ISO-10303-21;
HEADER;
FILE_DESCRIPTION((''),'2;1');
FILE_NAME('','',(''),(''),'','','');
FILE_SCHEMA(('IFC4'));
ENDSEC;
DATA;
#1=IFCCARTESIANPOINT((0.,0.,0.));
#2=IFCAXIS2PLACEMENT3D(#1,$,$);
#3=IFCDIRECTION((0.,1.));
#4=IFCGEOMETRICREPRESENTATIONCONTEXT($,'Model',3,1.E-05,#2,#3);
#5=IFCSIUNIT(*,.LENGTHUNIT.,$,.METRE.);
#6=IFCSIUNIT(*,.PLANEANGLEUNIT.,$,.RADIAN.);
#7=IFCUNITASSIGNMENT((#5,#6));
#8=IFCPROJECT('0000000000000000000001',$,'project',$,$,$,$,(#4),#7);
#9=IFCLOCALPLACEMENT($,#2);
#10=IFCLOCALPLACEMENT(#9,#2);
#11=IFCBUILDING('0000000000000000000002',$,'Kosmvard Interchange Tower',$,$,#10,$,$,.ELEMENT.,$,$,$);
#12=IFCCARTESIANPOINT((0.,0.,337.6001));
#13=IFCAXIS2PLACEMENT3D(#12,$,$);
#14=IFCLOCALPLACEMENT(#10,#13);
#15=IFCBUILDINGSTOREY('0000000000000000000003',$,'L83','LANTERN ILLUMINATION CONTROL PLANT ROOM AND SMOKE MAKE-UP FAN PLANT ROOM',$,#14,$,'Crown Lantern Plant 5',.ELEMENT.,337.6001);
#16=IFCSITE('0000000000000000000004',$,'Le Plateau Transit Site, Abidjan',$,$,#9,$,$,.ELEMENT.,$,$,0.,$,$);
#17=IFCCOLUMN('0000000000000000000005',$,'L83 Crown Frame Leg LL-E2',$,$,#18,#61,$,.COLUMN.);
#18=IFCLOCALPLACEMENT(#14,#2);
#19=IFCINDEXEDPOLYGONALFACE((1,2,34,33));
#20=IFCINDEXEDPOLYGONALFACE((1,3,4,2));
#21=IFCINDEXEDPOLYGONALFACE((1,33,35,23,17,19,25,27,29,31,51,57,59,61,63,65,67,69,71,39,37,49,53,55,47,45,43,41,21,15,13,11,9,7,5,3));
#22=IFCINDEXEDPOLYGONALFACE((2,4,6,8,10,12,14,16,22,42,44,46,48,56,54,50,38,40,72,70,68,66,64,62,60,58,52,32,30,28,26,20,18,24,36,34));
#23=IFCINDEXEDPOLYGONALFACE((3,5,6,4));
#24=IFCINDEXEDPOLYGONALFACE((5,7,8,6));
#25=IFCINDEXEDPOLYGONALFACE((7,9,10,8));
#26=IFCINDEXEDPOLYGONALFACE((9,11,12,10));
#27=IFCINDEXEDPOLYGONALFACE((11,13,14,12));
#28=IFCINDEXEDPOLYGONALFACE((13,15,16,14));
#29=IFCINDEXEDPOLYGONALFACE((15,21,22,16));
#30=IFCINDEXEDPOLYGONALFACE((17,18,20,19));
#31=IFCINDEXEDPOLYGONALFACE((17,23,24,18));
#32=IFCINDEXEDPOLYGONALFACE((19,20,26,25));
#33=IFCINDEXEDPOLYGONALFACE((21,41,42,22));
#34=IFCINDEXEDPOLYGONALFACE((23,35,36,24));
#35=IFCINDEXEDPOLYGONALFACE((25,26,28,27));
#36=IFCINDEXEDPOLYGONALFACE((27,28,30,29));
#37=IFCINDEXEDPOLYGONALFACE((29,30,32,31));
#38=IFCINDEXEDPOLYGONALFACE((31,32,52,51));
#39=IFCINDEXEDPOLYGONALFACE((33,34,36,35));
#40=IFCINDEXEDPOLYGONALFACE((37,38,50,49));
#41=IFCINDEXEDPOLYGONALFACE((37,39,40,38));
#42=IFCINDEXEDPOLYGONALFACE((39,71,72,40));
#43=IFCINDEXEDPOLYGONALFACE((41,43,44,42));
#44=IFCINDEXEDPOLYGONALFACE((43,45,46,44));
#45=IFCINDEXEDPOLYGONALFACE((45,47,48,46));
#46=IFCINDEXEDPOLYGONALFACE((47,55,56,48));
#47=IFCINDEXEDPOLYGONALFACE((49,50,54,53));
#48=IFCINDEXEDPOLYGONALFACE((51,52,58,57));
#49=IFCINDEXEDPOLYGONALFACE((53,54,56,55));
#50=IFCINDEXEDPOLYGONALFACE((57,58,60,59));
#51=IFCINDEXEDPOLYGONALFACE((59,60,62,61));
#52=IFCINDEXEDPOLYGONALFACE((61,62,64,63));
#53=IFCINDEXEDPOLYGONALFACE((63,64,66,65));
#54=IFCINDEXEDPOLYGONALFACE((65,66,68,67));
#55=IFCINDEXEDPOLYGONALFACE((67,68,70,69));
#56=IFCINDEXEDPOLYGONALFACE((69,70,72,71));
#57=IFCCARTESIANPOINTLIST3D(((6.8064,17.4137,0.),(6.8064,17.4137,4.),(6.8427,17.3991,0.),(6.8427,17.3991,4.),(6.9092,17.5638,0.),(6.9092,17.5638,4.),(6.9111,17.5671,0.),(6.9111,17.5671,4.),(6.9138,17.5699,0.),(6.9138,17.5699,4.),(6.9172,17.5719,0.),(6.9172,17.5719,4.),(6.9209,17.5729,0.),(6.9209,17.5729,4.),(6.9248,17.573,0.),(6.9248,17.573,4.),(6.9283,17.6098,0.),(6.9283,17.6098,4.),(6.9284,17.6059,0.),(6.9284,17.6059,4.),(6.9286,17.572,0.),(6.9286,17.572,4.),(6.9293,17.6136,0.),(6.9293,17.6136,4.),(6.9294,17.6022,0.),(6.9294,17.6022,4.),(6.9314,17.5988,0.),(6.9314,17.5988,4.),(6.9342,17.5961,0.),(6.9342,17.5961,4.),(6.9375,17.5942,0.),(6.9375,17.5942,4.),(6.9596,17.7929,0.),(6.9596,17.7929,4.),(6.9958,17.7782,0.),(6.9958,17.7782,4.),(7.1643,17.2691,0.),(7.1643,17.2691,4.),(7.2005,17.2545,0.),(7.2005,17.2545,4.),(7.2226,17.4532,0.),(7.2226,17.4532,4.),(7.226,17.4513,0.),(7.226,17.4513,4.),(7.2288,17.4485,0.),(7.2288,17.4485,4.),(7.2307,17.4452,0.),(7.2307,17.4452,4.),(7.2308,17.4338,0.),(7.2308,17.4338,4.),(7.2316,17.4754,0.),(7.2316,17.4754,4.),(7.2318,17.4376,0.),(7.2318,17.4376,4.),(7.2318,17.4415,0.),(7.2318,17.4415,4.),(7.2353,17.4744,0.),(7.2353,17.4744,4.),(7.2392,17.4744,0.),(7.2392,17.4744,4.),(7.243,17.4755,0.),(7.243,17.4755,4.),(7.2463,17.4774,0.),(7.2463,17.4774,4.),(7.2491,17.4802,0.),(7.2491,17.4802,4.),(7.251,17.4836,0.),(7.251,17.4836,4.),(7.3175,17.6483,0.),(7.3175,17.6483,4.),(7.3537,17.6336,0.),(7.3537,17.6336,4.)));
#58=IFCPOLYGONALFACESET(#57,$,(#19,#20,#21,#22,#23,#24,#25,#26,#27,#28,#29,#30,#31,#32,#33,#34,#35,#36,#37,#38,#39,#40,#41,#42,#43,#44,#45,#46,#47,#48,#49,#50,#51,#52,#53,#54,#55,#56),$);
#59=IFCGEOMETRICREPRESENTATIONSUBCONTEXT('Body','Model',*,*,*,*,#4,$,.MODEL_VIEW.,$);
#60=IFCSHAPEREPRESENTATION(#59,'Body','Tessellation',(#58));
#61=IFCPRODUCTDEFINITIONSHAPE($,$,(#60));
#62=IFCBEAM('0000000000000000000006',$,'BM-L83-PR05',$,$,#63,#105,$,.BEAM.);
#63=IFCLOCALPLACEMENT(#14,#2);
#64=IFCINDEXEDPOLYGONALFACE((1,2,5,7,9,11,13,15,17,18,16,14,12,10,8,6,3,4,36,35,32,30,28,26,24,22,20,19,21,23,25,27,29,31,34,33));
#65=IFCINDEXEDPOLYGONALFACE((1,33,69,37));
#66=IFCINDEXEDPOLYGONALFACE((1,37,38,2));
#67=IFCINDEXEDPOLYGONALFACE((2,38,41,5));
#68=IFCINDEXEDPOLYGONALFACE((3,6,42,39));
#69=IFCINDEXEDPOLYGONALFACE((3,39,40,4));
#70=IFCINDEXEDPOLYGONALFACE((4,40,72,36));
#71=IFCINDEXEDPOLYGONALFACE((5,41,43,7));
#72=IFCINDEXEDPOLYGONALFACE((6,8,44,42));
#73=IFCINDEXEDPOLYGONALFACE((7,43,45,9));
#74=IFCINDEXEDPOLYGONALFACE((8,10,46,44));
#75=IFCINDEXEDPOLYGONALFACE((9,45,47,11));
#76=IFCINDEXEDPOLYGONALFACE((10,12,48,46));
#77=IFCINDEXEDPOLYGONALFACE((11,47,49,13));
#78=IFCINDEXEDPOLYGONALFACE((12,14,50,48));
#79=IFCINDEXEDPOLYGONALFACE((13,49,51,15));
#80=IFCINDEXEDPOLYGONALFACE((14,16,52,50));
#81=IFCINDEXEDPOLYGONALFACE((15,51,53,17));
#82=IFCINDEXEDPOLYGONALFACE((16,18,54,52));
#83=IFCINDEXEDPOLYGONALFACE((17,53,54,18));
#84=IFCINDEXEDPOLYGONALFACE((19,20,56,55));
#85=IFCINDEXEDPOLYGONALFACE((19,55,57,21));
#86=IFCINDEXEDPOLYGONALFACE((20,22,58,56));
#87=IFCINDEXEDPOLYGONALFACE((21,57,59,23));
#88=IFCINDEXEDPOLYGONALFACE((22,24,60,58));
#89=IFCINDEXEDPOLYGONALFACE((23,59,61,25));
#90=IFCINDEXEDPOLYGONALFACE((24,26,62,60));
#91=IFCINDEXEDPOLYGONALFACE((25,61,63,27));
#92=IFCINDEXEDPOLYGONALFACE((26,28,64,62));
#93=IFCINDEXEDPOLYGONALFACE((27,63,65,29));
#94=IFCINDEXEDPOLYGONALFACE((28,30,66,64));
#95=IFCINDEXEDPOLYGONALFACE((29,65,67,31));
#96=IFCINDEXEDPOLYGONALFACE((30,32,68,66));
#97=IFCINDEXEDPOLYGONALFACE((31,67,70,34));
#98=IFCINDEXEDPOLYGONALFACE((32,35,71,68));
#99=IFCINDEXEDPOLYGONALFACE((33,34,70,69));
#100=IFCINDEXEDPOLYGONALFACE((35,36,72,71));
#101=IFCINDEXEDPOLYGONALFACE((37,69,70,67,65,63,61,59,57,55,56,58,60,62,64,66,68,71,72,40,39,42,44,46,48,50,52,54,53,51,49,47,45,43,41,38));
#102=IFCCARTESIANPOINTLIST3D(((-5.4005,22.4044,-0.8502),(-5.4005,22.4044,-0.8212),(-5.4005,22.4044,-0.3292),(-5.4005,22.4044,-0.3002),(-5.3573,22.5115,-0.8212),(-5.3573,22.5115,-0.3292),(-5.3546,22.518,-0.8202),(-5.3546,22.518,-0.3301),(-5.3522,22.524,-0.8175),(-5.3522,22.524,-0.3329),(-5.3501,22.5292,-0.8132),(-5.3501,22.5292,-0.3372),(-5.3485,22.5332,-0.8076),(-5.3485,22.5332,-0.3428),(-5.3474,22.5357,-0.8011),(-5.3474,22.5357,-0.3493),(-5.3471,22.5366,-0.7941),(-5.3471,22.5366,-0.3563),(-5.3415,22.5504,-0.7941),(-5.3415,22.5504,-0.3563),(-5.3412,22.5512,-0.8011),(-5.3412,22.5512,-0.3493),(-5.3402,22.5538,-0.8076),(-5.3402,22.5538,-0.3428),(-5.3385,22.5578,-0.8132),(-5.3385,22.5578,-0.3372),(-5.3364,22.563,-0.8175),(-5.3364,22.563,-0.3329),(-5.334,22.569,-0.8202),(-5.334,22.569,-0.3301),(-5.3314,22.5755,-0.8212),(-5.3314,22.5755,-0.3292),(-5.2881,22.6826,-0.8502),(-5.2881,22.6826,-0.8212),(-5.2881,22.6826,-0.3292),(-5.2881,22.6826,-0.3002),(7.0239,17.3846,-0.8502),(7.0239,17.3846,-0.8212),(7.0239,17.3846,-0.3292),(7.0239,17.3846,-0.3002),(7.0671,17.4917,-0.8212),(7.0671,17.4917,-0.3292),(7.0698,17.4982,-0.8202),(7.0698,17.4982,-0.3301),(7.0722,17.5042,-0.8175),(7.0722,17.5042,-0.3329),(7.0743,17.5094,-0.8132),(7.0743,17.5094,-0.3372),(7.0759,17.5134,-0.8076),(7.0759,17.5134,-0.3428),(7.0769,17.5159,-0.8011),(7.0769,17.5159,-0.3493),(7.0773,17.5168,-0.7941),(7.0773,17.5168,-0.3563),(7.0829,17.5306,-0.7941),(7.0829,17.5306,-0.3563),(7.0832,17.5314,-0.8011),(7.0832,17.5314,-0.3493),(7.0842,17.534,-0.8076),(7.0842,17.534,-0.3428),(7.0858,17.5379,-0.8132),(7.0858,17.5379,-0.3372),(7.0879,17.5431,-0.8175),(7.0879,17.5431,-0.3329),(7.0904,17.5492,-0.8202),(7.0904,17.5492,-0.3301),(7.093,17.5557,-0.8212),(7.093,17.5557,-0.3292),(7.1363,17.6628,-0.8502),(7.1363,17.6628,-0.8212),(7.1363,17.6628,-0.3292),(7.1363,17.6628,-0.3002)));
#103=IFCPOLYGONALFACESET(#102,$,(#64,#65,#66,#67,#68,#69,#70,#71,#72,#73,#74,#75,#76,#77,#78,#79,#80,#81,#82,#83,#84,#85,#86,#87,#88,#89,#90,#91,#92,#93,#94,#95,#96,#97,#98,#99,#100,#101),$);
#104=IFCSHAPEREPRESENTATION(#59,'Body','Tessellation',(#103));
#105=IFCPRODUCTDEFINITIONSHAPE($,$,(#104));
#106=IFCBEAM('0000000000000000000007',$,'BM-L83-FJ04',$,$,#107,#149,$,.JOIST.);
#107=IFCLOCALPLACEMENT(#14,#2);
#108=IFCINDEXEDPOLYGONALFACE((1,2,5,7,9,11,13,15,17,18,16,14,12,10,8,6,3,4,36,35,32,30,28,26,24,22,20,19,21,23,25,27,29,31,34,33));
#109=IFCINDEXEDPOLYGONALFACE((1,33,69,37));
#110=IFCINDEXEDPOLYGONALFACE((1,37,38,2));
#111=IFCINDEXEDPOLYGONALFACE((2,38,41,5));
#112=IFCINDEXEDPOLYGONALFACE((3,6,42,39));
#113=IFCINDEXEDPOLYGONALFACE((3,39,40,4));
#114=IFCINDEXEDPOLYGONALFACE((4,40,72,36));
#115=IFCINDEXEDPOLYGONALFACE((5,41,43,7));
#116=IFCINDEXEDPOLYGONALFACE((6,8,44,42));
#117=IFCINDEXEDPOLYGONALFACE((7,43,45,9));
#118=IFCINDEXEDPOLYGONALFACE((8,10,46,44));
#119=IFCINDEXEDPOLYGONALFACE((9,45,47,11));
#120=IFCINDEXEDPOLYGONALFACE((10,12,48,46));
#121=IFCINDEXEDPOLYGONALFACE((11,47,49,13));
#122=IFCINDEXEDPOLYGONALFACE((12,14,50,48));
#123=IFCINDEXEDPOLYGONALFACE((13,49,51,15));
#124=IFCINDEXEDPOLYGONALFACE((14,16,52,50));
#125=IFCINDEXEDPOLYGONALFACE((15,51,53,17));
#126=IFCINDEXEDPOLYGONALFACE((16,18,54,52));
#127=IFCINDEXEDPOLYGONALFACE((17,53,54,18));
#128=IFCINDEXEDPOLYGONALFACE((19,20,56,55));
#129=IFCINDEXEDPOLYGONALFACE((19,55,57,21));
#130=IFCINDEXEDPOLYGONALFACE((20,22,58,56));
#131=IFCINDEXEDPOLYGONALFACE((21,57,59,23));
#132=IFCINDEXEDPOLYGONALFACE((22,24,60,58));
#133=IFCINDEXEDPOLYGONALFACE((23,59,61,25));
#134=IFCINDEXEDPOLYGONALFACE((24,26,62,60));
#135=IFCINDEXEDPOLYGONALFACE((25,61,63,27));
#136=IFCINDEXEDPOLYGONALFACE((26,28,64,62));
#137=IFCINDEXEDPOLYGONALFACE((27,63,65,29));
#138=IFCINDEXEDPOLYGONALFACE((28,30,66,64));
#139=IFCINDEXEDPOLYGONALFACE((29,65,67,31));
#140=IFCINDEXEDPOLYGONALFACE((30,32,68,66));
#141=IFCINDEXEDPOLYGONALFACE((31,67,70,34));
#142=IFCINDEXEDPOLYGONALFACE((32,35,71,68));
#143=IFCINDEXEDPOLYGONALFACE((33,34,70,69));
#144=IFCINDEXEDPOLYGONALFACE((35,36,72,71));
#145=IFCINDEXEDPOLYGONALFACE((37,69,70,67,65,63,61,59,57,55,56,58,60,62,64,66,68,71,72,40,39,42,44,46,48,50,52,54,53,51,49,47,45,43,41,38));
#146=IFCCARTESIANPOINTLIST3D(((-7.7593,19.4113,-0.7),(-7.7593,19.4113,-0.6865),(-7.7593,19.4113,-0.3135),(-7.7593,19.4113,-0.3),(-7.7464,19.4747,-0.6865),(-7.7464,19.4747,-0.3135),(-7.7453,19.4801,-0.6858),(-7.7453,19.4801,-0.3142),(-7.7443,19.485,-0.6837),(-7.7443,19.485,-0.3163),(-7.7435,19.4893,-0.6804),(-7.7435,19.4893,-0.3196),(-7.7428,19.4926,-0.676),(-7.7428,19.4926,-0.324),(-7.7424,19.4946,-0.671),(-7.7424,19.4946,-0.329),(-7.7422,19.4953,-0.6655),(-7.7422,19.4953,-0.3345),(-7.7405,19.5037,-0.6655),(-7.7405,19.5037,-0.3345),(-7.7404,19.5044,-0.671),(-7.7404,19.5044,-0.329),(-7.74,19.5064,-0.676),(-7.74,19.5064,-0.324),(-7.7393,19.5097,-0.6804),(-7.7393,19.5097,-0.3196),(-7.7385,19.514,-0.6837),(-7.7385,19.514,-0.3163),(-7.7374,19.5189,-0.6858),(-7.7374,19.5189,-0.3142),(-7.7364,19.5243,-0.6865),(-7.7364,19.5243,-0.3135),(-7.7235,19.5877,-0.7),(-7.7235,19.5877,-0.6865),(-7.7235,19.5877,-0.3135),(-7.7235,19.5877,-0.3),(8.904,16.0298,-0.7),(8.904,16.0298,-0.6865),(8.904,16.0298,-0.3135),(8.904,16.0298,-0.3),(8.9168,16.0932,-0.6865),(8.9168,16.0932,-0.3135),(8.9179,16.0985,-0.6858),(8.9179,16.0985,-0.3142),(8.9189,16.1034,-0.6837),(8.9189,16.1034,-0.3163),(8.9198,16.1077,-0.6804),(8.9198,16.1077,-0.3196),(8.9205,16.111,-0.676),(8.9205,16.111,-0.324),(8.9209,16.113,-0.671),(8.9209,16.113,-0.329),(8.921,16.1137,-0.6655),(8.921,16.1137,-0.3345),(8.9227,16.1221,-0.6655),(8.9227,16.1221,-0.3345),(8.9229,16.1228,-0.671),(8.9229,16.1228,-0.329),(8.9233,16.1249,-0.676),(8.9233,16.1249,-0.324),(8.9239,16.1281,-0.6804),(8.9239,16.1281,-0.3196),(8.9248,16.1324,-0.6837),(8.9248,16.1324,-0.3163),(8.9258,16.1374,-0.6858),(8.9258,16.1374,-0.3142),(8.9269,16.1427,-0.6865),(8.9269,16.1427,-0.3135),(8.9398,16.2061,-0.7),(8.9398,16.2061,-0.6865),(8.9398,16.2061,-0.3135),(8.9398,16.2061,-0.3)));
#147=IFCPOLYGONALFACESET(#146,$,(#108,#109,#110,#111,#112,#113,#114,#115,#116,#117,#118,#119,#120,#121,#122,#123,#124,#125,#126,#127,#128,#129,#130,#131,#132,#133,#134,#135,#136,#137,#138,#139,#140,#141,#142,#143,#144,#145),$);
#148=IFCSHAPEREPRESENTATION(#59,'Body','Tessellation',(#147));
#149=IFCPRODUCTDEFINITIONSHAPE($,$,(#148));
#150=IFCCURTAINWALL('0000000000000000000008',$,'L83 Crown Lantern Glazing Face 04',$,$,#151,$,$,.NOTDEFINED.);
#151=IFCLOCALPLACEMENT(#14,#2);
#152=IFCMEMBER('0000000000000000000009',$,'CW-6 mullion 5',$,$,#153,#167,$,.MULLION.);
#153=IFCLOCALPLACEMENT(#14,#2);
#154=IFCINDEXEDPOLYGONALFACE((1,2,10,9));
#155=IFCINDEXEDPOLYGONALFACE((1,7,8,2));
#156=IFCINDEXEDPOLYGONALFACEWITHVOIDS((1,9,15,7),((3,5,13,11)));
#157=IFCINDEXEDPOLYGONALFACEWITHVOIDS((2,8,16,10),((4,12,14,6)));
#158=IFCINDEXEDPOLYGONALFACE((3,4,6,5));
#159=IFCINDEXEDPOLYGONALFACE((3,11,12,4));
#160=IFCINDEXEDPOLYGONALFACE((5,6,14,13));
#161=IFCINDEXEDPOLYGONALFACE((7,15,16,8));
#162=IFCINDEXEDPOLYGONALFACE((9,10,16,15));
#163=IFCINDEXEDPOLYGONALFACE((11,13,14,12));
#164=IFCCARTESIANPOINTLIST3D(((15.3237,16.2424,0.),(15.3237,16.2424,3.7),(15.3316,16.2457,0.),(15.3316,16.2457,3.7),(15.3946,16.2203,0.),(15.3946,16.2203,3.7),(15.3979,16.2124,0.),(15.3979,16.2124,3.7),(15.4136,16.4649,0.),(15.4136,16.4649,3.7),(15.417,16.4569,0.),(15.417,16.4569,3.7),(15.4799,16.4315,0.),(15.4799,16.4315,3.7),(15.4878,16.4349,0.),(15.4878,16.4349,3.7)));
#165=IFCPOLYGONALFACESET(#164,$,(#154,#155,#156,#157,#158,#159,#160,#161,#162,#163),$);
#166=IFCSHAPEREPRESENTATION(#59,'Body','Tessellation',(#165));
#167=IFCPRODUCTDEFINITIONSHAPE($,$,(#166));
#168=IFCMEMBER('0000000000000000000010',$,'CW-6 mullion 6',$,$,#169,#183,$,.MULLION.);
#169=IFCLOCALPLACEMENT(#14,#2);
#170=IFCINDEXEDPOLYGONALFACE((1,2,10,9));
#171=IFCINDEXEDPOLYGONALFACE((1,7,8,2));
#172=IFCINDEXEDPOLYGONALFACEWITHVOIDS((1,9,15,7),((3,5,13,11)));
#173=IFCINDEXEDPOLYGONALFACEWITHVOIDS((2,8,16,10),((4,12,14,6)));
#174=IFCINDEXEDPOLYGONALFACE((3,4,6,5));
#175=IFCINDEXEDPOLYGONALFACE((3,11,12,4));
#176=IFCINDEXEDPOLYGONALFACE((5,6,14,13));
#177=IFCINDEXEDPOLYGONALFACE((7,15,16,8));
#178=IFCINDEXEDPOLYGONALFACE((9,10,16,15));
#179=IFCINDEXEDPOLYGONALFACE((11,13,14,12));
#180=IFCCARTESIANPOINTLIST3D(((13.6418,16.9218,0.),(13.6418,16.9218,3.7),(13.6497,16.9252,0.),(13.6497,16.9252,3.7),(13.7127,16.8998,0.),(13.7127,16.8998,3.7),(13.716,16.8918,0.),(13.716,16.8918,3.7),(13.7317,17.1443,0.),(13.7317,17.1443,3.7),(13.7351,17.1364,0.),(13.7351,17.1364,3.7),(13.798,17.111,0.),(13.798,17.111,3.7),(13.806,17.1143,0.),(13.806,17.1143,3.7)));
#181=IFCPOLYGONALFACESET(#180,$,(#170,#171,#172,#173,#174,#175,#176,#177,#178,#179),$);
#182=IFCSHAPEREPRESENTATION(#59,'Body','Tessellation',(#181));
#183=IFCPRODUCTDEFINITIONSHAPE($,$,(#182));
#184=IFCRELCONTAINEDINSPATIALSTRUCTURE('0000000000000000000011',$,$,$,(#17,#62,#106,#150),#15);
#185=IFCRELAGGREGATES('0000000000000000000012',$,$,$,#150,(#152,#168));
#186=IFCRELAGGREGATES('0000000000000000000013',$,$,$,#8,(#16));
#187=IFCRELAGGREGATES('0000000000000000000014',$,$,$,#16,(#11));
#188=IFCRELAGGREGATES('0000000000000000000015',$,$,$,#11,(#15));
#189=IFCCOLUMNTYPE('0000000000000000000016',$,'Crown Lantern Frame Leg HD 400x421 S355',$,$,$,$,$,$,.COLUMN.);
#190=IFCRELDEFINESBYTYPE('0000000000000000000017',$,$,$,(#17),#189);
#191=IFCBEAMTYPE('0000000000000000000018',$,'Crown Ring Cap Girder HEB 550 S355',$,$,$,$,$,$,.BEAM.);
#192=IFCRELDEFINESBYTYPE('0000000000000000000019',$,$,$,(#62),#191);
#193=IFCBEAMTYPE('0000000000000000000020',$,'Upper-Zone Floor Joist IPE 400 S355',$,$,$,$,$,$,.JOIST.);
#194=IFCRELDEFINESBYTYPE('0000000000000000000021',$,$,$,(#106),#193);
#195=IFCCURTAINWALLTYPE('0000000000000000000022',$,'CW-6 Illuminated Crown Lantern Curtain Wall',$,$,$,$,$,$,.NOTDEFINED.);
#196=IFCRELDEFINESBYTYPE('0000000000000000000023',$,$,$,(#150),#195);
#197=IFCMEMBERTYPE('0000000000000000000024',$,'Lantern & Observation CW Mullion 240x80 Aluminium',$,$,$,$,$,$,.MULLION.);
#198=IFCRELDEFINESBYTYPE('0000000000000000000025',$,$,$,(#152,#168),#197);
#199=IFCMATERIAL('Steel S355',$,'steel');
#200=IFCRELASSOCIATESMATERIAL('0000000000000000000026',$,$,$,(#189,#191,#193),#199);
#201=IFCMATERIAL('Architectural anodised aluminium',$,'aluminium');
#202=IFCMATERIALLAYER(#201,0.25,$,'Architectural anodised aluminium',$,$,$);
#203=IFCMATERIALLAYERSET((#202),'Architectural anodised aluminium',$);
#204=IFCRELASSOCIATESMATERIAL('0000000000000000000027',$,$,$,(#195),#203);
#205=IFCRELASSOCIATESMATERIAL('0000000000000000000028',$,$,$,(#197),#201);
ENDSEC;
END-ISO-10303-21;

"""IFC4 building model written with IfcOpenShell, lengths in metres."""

from ifc_helpers import new_model, si_unit, direction, frame, origin, origin_2d, place, context, subcontext, project, spatial, hollow_rectangle, i_section, extrude, source, transform, mapped, material, layer, layer_set, material_profile, profile_set, type_object, element, aggregate, save


model = new_model("IFC4")

# Units and contexts
model_context = context("Model", 3, precision=1e-05, world=origin(), true_north=direction((0.0, 1.0)))
body_context = subcontext(model_context, "Body", "Model", "MODEL_VIEW")
ifc_project = project(units=[si_unit("LENGTHUNIT", "METRE"), si_unit("PLANEANGLEUNIT", "RADIAN")], contexts=[model_context])

# Site, building, storey
site_placement = place(None, origin())
site = spatial("IfcSite", under=ifc_project, at=site_placement, Name="Le Plateau Transit Site, Abidjan", CompositionType="ELEMENT", RefElevation=0.0)
building_placement = place(site_placement, origin())
building = spatial("IfcBuilding", under=site, at=building_placement, Name="Kosmvard Interchange Tower", CompositionType="ELEMENT")
storey_placement = place(building_placement, frame((0.0, 0.0, 337.6001)))
storey = spatial("IfcBuildingStorey", under=building, at=storey_placement, Name="L83", Description="LANTERN ILLUMINATION CONTROL PLANT ROOM AND SMOKE MAKE-UP FAN PLANT ROOM", LongName="Crown Lantern Plant 5", CompositionType="ELEMENT", Elevation=337.6001)

# Column
ifc_material_1 = material(Name="Steel S355", Category="steel")
ifc_material_profile_1 = material_profile(ifc_material_1, i_section(OverallWidth=0.4089, OverallDepth=0.425, WebThickness=0.0239, FlangeThickness=0.0391, FilletRadius=0.0149, at=origin_2d()), Name="HD 400x421")
ifc_profile_set_1 = profile_set([ifc_material_profile_1], Name="Steel S355")
column_type = type_object("IfcColumnType", Name="Crown Lantern Frame Leg HD 400x421 S355", PredefinedType="COLUMN", material=ifc_profile_set_1)
shared_shape_1 = source(origin(), body_context, "Body", "SweptSolid", [
    extrude(i_section(OverallWidth=0.4089, OverallDepth=0.425, WebThickness=0.0239, FlangeThickness=0.0391, FilletRadius=0.0149, at=origin_2d()), origin(), (0.0, 0.0, 1.0), 4.0),
])
column_placement = place(storey_placement, frame((7.0801, 17.5237, 0.0), z_axis=(0.0, 0.0, 1.0), x_axis=(0.374607, 0.927184, 0.0)))
element("IfcColumn", 1, at=column_placement, inside=storey, type_object=column_type, Name="L83 Crown Frame Leg LL-E2", PredefinedType="COLUMN", context=body_context, shape_type="MappedRepresentation", body=[
    mapped(shared_shape_1, transform((0.0, 0.0, 0.0), scale=1.0)),
])

# Beams
ifc_material_profile_2 = material_profile(ifc_material_1, i_section(OverallWidth=0.3, OverallDepth=0.55, WebThickness=0.0149, FlangeThickness=0.0291, FilletRadius=0.0271, at=origin_2d()), Name="HEB 550")
ifc_profile_set_2 = profile_set([ifc_material_profile_2], Name="Steel S355")
beam_type_1 = type_object("IfcBeamType", Name="Crown Ring Cap Girder HEB 550 S355", PredefinedType="BEAM", material=ifc_profile_set_2)
shared_shape_2 = source(origin(), body_context, "Body", "SweptSolid", [
    extrude(i_section(OverallWidth=0.3, OverallDepth=0.55, WebThickness=0.0149, FlangeThickness=0.0291, FilletRadius=0.0271, at=origin_2d()), origin(), (0.0, 0.0, 1.0), 13.4001),
])
beam_1_placement = place(storey_placement, frame((7.0801, 17.5237, -0.5752), z_axis=(-0.927183, 0.374608, 0.0), x_axis=(-0.374608, -0.927183, 0.0)))
element("IfcBeam", 2, at=beam_1_placement, inside=storey, type_object=beam_type_1, Name="BM-L83-PR05", PredefinedType="BEAM", context=body_context, shape_type="MappedRepresentation", body=[
    mapped(shared_shape_2, transform((0.0, 0.0, 0.0), scale=1.0)),
])
ifc_material_profile_3 = material_profile(ifc_material_1, i_section(OverallWidth=0.1799, OverallDepth=0.3999, WebThickness=0.0085, FlangeThickness=0.0134, FilletRadius=0.021, at=origin_2d()), Name="IPE 400")
ifc_profile_set_3 = profile_set([ifc_material_profile_3], Name="Steel S355")
beam_type_2 = type_object("IfcBeamType", Name="Upper-Zone Floor Joist IPE 400 S355", PredefinedType="JOIST", material=ifc_profile_set_3)
shared_shape_3 = source(origin(), body_context, "Body", "SweptSolid", [
    extrude(i_section(OverallWidth=0.1799, OverallDepth=0.3999, WebThickness=0.0085, FlangeThickness=0.0134, FilletRadius=0.021, at=origin_2d()), origin(), (0.0, 0.0, 1.0), 17.0029),
])
beam_2_placement = place(storey_placement, frame((8.9219, 16.1179, -0.5), z_axis=(-0.980023, 0.198882, 0.0), x_axis=(-0.198882, -0.980023, 0.0)))
element("IfcBeam", 3, at=beam_2_placement, inside=storey, type_object=beam_type_2, Name="BM-L83-FJ04", PredefinedType="JOIST", context=body_context, shape_type="MappedRepresentation", body=[
    mapped(shared_shape_3, transform((0.0, 0.0, 0.0), scale=1.0)),
])

# Curtain wall, members
ifc_material_2 = material(Name="Architectural anodised aluminium", Category="aluminium")
ifc_layer_1 = layer(ifc_material_2, 0.25, Name="Architectural anodised aluminium")
ifc_layer_set_1 = layer_set([ifc_layer_1], Name="Architectural anodised aluminium")
curtain_wall_type = type_object("IfcCurtainWallType", Name="CW-6 Illuminated Crown Lantern Curtain Wall", PredefinedType="NOTDEFINED", material=ifc_layer_set_1)
curtain_wall_placement = place(storey_placement, origin())
curtain_wall = element("IfcCurtainWall", 4, at=curtain_wall_placement, inside=storey, type_object=curtain_wall_type, Name="L83 Crown Lantern Glazing Face 04", PredefinedType="NOTDEFINED")
ifc_material_profile_4 = material_profile(ifc_material_2, hollow_rectangle(XDim=0.24, YDim=0.0801, WallThickness=0.0061, at=origin_2d()), Name="CWM 240x80x6")
ifc_profile_set_4 = profile_set([ifc_material_profile_4], Name="Architectural anodised aluminium")
member_type_1 = type_object("IfcMemberType", Name="Lantern & Observation CW Mullion 240x80 Aluminium", PredefinedType="MULLION", material=ifc_profile_set_4)
shared_shape_4 = source(origin(), body_context, "Body", "SweptSolid", [
    extrude(hollow_rectangle(XDim=0.24, YDim=0.0801, WallThickness=0.0061, at=origin_2d()), origin(), (0.0, 0.0, 1.0), 3.7),
])
member_1_placement = place(storey_placement, frame((15.4058, 16.3386, 0.0), z_axis=(0.0, 0.0, 1.0), x_axis=(-0.374607, -0.927184, 0.0)))
member_1 = element("IfcMember", 5, at=member_1_placement, type_object=member_type_1, Name="CW-6 mullion 5", PredefinedType="MULLION", context=body_context, shape_type="MappedRepresentation", body=[
    mapped(shared_shape_4, transform((0.0, 0.0, 0.0), scale=1.0)),
])
member_2_placement = place(storey_placement, frame((13.7239, 17.0181, 0.0), z_axis=(0.0, 0.0, 1.0), x_axis=(-0.374607, -0.927184, 0.0)))
member_2 = element("IfcMember", 6, at=member_2_placement, type_object=member_type_1, Name="CW-6 mullion 6", PredefinedType="MULLION", context=body_context, shape_type="MappedRepresentation", body=[
    mapped(shared_shape_4, transform((0.0, 0.0, 0.0), scale=1.0)),
])

aggregate(curtain_wall, [member_1, member_2])

save(model, "model.ifc")
